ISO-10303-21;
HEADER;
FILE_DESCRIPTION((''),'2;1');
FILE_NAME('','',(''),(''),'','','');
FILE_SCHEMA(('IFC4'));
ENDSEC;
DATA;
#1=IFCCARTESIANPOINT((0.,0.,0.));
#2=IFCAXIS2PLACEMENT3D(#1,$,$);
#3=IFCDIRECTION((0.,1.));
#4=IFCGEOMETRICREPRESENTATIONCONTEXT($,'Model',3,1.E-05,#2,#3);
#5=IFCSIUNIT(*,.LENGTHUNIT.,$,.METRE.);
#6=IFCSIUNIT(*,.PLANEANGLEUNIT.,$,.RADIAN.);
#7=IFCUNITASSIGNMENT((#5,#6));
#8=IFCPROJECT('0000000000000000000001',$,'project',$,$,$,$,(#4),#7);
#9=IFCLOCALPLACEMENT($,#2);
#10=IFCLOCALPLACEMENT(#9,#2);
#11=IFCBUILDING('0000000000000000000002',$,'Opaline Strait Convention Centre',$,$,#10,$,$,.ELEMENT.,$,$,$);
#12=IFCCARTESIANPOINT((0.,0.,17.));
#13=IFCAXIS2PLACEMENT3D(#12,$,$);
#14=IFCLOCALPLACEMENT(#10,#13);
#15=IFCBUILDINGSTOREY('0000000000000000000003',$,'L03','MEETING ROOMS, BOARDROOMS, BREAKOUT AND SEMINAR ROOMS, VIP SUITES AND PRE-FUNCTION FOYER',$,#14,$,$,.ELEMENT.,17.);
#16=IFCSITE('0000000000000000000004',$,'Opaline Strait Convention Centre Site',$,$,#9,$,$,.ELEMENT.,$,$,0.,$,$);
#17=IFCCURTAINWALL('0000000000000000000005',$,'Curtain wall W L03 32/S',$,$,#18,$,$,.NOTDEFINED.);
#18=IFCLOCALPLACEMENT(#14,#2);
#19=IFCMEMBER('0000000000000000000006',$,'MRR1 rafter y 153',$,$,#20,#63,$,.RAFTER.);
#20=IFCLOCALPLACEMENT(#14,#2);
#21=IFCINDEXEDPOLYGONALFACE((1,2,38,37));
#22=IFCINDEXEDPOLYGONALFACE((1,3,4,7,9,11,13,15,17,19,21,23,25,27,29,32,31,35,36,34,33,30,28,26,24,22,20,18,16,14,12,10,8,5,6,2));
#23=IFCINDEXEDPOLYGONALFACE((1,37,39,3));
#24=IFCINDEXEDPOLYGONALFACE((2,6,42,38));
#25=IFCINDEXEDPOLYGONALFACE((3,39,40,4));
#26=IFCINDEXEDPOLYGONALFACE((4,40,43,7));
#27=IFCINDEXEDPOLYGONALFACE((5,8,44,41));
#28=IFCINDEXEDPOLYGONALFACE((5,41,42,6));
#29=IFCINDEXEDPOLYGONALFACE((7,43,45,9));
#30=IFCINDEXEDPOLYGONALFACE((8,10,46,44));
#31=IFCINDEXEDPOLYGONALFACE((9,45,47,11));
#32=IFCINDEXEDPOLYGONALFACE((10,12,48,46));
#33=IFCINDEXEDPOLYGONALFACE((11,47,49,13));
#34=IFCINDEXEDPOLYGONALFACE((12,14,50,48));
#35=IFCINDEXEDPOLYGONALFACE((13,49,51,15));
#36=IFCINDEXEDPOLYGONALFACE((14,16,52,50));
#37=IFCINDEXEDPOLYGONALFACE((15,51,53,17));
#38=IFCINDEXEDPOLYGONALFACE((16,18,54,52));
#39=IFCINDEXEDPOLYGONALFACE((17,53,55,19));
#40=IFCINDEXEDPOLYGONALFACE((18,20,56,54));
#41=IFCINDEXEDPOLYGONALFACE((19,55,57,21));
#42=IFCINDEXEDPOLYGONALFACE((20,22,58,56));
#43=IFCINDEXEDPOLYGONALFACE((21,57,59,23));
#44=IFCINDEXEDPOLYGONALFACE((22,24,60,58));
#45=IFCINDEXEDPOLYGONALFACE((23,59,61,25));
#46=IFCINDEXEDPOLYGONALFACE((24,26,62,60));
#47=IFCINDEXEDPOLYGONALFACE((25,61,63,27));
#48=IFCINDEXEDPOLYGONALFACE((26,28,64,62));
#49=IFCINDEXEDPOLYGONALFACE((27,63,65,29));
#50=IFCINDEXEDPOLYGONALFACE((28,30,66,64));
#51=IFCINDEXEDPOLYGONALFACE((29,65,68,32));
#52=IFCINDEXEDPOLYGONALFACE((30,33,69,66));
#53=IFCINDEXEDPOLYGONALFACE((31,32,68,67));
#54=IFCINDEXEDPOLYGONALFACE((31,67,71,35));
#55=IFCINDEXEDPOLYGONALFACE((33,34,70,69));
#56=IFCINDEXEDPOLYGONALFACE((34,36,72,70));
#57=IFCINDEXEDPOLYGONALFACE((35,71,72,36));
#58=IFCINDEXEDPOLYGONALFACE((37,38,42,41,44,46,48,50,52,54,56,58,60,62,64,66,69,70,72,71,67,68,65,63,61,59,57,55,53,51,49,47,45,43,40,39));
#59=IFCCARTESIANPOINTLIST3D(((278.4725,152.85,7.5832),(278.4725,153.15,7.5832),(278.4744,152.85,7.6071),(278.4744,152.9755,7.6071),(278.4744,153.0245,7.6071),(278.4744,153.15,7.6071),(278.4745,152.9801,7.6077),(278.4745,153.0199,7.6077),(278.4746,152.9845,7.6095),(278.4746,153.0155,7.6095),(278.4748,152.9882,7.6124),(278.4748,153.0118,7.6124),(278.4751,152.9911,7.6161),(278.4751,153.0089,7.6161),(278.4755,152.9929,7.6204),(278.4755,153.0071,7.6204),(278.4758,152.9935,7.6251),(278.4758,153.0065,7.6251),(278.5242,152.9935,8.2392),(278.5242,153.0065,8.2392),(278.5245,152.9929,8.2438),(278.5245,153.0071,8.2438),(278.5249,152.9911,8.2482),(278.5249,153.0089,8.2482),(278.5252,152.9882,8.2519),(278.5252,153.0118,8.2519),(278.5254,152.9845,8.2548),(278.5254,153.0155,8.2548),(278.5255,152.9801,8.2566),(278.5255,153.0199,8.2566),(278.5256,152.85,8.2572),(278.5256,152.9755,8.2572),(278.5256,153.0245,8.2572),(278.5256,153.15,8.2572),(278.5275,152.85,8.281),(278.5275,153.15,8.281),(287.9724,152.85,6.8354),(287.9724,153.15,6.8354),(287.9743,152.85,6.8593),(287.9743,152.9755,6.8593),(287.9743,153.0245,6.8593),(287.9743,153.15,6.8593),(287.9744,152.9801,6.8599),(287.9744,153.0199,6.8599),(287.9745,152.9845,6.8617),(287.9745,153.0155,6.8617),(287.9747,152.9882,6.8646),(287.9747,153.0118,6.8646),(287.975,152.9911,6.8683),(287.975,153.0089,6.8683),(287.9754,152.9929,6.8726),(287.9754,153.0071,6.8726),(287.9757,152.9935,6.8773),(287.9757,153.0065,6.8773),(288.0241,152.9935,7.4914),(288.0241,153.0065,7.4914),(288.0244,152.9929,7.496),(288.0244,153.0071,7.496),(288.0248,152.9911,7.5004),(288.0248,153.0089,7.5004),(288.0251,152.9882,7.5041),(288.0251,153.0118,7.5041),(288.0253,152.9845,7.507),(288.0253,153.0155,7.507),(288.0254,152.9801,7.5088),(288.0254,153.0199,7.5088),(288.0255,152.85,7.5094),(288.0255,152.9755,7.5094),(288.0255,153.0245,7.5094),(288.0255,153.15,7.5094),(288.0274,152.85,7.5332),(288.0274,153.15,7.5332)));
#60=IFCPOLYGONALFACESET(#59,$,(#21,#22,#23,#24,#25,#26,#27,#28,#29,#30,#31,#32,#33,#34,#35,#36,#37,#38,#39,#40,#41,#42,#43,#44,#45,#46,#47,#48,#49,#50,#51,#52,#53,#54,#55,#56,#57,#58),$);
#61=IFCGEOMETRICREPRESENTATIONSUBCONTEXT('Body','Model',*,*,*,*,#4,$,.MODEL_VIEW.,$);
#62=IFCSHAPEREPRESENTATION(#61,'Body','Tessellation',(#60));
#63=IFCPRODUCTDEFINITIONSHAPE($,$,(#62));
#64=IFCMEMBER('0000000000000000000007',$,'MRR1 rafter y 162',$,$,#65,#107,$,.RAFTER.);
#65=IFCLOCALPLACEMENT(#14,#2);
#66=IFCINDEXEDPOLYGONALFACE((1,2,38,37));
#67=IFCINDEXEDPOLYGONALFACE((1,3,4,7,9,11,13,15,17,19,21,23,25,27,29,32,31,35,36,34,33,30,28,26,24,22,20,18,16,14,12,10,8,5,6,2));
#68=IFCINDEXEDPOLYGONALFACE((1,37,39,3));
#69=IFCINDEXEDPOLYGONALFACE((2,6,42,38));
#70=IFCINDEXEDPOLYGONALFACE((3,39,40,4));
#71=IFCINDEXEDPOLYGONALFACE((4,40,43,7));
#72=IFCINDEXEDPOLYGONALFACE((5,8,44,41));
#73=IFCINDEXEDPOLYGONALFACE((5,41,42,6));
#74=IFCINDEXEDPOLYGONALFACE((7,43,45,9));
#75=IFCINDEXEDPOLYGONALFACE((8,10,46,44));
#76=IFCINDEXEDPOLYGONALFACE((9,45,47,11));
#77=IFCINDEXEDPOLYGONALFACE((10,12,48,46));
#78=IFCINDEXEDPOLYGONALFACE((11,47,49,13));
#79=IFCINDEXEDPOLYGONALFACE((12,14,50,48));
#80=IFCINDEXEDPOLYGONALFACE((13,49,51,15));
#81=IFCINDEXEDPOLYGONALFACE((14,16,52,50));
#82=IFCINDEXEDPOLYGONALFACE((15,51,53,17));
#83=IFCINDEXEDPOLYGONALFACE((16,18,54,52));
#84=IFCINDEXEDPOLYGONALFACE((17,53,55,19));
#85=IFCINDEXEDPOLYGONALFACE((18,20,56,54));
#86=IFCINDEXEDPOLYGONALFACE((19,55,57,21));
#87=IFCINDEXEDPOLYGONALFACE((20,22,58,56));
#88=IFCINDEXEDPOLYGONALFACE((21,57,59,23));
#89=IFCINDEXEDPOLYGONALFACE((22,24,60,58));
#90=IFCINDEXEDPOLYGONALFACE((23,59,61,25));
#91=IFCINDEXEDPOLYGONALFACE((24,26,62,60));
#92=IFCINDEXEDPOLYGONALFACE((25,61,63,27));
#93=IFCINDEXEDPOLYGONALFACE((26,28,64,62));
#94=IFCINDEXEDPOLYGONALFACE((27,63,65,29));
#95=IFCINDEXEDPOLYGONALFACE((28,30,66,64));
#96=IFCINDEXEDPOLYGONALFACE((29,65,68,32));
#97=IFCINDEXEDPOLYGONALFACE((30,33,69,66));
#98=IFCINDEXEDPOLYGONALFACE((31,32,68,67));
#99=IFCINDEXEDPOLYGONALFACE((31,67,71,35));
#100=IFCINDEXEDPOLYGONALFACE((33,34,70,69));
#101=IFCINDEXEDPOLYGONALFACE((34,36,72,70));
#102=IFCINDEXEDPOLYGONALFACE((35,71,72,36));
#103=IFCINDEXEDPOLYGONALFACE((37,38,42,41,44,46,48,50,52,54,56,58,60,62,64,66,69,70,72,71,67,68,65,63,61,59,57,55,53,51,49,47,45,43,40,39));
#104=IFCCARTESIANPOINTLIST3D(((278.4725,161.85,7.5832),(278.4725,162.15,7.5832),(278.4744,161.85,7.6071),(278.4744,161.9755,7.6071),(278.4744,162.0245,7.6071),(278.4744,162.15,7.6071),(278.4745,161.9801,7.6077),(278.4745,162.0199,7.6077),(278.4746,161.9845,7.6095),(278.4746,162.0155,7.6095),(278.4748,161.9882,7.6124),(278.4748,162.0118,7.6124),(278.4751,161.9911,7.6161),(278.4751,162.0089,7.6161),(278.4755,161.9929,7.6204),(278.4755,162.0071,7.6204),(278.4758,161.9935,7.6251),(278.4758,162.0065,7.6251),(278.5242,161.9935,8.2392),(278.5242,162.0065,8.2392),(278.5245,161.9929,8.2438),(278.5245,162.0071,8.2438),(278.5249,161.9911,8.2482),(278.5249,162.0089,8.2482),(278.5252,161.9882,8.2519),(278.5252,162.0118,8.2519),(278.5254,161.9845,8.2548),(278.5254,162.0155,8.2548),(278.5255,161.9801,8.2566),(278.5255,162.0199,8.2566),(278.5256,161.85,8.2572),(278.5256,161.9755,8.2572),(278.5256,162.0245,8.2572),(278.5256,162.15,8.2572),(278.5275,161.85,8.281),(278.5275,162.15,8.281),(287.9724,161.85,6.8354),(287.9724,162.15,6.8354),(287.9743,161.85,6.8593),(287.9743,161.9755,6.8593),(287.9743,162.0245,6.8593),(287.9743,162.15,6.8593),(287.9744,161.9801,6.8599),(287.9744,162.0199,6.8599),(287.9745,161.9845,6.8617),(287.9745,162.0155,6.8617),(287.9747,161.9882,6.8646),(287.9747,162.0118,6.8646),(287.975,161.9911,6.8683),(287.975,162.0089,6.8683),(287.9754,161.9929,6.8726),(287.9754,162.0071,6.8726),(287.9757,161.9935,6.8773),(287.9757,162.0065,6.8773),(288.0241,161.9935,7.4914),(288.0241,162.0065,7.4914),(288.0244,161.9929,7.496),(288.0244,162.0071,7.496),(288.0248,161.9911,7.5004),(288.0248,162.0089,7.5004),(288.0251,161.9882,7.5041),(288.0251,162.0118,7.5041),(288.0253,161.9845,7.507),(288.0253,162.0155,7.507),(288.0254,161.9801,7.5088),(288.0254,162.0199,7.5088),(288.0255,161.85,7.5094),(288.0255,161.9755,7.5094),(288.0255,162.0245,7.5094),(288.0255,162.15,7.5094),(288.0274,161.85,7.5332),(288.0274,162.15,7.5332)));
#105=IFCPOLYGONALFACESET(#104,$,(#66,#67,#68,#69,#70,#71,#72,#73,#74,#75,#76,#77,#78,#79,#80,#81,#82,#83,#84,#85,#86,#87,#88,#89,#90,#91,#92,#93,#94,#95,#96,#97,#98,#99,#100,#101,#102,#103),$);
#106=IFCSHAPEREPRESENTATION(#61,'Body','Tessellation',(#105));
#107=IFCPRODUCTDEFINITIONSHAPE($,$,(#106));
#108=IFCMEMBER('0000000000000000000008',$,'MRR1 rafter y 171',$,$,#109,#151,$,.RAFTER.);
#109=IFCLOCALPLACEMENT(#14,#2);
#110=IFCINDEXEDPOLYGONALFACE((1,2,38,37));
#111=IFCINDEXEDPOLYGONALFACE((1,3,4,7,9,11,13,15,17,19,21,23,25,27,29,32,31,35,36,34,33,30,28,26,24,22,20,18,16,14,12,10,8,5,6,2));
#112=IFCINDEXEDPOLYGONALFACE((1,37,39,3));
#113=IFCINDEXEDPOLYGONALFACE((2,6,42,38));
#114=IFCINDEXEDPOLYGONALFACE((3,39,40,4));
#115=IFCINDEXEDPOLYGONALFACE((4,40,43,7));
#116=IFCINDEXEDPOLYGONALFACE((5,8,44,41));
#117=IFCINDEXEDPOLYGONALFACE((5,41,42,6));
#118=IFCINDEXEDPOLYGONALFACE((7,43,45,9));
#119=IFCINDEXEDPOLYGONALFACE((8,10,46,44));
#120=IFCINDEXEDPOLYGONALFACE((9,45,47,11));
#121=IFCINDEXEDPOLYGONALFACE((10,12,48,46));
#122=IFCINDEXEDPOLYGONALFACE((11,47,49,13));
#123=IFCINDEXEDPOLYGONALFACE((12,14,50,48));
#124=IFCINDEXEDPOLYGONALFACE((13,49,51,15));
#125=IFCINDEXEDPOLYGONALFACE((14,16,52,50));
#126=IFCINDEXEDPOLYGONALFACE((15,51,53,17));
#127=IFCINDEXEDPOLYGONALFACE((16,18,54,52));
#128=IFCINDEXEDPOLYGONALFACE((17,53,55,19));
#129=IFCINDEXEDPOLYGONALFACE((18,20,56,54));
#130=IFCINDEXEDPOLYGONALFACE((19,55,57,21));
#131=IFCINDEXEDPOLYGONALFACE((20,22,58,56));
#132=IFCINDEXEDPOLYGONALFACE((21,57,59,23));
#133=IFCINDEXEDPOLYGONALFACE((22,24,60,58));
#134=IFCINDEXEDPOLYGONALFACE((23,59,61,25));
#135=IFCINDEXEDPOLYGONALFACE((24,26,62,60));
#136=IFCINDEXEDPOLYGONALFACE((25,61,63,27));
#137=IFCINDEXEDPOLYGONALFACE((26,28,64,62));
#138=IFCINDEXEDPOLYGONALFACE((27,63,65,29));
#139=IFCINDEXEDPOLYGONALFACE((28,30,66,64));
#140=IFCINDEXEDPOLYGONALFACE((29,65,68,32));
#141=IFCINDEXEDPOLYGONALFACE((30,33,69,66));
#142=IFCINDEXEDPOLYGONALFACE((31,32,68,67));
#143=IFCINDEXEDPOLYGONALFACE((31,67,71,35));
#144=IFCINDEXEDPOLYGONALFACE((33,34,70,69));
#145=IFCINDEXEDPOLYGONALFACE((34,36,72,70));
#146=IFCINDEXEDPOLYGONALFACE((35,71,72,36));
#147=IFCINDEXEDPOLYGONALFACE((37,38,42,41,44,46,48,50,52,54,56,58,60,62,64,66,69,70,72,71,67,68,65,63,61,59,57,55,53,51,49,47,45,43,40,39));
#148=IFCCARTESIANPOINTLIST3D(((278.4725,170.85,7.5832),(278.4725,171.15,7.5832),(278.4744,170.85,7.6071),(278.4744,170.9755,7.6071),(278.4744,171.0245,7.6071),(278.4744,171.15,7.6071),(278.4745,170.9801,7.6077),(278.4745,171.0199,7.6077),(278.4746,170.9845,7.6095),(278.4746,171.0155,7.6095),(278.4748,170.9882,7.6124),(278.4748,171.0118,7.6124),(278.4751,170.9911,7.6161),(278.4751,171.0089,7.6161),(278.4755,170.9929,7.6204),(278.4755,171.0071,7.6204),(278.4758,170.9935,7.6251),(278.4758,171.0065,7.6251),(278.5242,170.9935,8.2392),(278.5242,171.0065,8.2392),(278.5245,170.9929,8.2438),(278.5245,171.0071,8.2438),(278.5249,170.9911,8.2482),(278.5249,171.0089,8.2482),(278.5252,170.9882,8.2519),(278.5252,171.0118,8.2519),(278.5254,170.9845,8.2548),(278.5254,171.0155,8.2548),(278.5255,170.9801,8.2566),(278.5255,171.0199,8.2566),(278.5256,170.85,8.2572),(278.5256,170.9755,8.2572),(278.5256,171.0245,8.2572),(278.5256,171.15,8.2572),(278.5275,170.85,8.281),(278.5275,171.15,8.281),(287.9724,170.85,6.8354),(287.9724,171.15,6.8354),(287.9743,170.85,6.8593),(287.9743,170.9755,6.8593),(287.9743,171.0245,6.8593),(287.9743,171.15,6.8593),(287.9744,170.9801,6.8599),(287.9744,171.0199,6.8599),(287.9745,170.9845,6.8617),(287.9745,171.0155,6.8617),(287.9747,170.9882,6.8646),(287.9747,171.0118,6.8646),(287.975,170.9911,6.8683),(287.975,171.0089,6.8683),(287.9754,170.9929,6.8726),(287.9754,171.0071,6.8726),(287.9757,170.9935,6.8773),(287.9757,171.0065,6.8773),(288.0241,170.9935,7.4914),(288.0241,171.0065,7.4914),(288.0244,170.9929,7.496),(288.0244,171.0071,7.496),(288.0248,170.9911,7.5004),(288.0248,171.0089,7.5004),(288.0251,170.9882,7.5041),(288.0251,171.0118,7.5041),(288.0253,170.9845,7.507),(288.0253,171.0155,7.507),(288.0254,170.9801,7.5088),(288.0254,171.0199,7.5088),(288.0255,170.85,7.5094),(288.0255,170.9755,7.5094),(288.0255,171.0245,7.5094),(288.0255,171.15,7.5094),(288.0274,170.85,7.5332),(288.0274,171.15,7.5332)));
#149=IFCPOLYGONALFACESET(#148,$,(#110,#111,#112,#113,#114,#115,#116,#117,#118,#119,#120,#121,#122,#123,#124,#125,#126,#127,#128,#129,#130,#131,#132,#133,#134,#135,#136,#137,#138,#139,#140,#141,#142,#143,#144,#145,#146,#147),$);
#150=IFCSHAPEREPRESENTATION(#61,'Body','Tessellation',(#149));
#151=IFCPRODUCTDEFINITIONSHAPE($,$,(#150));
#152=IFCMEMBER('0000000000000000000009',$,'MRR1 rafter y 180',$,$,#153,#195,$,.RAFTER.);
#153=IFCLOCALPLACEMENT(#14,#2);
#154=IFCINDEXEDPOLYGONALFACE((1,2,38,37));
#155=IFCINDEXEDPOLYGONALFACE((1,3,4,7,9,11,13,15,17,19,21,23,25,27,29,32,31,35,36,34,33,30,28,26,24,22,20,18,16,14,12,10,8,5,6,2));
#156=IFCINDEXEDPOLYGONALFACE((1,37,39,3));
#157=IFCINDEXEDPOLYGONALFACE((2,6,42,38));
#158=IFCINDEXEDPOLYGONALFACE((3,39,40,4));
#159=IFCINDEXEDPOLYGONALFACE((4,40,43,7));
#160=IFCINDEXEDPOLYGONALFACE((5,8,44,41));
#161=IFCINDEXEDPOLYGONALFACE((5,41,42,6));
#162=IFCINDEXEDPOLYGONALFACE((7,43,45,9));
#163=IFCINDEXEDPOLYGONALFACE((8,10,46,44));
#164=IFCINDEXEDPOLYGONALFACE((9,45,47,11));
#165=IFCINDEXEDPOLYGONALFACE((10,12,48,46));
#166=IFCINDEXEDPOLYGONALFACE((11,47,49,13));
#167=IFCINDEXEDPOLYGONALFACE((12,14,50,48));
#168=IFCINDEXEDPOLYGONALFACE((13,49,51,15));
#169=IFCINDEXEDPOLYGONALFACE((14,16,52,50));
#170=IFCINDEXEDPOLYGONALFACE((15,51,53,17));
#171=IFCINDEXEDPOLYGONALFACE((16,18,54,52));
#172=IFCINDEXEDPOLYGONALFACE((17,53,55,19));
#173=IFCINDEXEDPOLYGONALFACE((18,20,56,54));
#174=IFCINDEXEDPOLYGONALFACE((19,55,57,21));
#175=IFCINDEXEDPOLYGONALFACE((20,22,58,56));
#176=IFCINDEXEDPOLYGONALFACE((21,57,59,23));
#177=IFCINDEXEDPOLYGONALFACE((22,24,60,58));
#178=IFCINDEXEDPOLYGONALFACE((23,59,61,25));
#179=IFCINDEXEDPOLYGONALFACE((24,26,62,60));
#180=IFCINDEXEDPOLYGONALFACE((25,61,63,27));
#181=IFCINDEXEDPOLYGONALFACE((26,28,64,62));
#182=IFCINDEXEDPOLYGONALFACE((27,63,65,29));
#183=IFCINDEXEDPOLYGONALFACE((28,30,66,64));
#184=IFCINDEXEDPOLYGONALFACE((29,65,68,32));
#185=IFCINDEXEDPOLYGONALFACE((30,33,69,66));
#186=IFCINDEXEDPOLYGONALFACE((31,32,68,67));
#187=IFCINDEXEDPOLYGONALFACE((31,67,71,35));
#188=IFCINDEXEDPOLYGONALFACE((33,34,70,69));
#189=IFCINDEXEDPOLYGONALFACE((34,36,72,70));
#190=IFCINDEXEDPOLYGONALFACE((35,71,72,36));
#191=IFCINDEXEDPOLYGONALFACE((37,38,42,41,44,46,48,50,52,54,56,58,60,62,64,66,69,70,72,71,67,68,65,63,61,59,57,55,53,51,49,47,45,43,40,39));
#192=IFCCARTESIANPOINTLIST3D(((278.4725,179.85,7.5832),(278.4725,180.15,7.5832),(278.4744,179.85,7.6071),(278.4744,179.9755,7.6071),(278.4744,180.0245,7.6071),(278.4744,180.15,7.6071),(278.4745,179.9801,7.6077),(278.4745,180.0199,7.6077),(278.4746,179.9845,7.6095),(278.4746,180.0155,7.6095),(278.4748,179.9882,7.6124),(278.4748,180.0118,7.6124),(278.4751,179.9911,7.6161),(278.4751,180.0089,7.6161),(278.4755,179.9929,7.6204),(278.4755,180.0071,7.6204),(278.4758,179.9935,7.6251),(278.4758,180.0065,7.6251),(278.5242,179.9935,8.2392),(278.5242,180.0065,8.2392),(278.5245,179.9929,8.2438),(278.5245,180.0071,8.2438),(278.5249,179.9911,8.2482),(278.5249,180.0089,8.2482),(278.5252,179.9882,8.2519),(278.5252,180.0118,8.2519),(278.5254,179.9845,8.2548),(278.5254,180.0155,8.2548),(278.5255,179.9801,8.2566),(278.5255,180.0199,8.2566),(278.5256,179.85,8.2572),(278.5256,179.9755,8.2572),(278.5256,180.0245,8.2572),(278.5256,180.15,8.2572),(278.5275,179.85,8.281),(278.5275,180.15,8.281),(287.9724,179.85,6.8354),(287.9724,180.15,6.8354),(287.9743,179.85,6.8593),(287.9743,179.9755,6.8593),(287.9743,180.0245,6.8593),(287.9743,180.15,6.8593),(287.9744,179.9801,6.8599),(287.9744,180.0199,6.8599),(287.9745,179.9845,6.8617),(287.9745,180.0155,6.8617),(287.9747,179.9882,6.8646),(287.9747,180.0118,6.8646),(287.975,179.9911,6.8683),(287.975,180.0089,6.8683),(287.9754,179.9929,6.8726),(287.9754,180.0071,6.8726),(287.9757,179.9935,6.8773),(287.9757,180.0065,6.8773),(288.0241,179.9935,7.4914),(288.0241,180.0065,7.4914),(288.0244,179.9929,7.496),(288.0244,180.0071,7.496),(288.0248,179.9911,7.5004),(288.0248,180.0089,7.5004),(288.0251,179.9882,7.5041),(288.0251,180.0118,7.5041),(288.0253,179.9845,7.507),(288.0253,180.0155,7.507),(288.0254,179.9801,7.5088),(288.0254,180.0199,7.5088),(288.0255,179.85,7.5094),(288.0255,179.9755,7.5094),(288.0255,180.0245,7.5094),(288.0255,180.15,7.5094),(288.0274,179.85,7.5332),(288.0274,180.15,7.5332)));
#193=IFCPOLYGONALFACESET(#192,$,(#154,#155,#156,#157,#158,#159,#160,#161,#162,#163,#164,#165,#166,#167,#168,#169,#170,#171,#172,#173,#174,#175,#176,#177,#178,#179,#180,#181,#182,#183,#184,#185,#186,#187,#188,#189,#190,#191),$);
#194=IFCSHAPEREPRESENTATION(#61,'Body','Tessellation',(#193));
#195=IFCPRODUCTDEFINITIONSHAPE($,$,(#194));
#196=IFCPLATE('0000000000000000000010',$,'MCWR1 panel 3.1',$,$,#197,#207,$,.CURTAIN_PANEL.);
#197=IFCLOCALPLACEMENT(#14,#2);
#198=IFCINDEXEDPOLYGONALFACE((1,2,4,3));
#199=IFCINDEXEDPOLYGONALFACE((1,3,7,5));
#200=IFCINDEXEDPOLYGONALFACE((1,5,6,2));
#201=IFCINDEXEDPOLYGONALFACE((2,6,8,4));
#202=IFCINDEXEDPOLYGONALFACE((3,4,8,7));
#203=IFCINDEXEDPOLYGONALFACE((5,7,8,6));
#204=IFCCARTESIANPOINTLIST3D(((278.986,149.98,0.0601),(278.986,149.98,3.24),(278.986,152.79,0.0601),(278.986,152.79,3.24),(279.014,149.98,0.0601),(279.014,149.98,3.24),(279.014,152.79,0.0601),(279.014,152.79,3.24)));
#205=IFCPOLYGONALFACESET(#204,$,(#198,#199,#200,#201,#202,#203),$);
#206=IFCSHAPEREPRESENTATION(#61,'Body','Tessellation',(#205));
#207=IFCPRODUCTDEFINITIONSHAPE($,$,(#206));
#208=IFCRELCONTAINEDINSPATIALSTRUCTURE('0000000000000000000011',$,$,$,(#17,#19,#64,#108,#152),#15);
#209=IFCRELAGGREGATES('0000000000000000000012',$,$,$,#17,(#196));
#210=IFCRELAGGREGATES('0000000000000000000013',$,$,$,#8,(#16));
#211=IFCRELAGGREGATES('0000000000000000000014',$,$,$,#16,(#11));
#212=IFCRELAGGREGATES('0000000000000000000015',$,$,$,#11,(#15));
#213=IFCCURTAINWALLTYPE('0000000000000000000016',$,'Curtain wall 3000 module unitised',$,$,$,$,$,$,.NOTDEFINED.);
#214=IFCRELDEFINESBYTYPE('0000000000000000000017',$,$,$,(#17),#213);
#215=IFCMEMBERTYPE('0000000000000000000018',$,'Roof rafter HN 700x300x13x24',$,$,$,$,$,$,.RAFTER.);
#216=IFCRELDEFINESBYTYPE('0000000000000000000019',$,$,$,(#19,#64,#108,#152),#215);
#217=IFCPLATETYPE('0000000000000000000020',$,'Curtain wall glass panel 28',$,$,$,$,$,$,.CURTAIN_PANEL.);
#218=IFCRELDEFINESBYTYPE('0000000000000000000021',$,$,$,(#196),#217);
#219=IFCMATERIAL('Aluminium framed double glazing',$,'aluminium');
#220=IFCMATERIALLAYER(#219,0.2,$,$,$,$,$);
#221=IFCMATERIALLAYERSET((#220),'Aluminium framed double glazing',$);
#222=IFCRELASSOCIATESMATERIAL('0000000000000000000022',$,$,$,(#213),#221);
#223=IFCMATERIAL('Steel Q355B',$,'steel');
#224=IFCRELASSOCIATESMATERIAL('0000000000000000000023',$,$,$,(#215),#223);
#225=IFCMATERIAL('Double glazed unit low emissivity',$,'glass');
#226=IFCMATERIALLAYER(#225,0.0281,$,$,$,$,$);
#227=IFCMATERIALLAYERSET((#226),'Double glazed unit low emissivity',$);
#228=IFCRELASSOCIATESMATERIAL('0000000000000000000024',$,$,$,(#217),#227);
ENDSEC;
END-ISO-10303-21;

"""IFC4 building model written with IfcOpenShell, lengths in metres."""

from ifc_helpers import new_model, si_unit, direction, frame, origin, origin_2d, place, context, subcontext, project, spatial, rectangle, i_section, extrude, material, layer, layer_set, material_profile, profile_set, type_object, element, aggregate, save


model = new_model("IFC4")

# Units and contexts
model_context = context("Model", 3, precision=1e-05, world=origin(), true_north=direction((0.0, 1.0)))
body_context = subcontext(model_context, "Body", "Model", "MODEL_VIEW")
ifc_project = project(units=[si_unit("LENGTHUNIT", "METRE"), si_unit("PLANEANGLEUNIT", "RADIAN")], contexts=[model_context])

# Site, building, storey
site_placement = place(None, origin())
site = spatial("IfcSite", under=ifc_project, at=site_placement, Name="Opaline Strait Convention Centre Site", CompositionType="ELEMENT", RefElevation=0.0)
building_placement = place(site_placement, origin())
building = spatial("IfcBuilding", under=site, at=building_placement, Name="Opaline Strait Convention Centre", CompositionType="ELEMENT")
storey_placement = place(building_placement, frame((0.0, 0.0, 17.0)))
storey = spatial("IfcBuildingStorey", under=building, at=storey_placement, Name="L03", Description="MEETING ROOMS, BOARDROOMS, BREAKOUT AND SEMINAR ROOMS, VIP SUITES AND PRE-FUNCTION FOYER", CompositionType="ELEMENT", Elevation=17.0)

# Shared definitions
ifc_material_1 = material(Name="Steel Q355B", Category="steel")

# Curtain wall
ifc_material_2 = material(Name="Aluminium framed double glazing", Category="aluminium")
ifc_layer_1 = layer(ifc_material_2, 0.2)
ifc_layer_set_1 = layer_set([ifc_layer_1], Name="Aluminium framed double glazing")
curtain_wall_type = type_object("IfcCurtainWallType", Name="Curtain wall 3000 module unitised", PredefinedType="NOTDEFINED", material=ifc_layer_set_1)
curtain_wall_1_placement = place(storey_placement, origin())
curtain_wall_1 = element("IfcCurtainWall", 1, at=curtain_wall_1_placement, inside=storey, type_object=curtain_wall_type, Name="Curtain wall W L03 32/S", PredefinedType="NOTDEFINED")

# Members
ifc_material_profile_1 = material_profile(ifc_material_1, i_section(OverallWidth=0.3, OverallDepth=0.7, WebThickness=0.0129, FlangeThickness=0.0239, FilletRadius=0.0181, at=origin_2d()), Name="HN 700x300x13x24")
ifc_profile_set_1 = profile_set([ifc_material_profile_1], Name="Steel Q355B")
member_type_1 = type_object("IfcMemberType", Name="Roof rafter HN 700x300x13x24", PredefinedType="RAFTER", material=ifc_profile_set_1)
for number, where, z_axis, x_axis, name in (
    (2, (278.5, 153.0, 7.9321), (0.996916, 0.0, -0.078473), (0.0, 1.0, 0.0), "MRR1 rafter y 153"),
    (3, (278.5, 162.0, 7.9321), (0.996916, 0.0, -0.078473), (0.0, 1.0, 0.0), "MRR1 rafter y 162"),
    (4, (278.5, 171.0, 7.9321), (0.996916, 0.0, -0.078473), (0.0, 1.0, 0.0), "MRR1 rafter y 171"),
    (5, (278.5, 180.0, 7.9321), (0.996916, 0.0, -0.078473), (0.0, 1.0, 0.0), "MRR1 rafter y 180"),
):
    element("IfcMember", number, at=place(storey_placement, frame(where, z_axis=z_axis, x_axis=x_axis)), inside=storey, type_object=member_type_1, Name=name, PredefinedType="RAFTER", context=body_context, shape_type="SweptSolid", body=[
        extrude(i_section(OverallWidth=0.3, OverallDepth=0.7, WebThickness=0.0129, FlangeThickness=0.0239, FilletRadius=0.0181, at=origin_2d()), origin(), (0.0, 0.0, 1.0), 9.5293),
    ])

# Plate
ifc_material_3 = material(Name="Double glazed unit low emissivity", Category="glass")
ifc_layer_2 = layer(ifc_material_3, 0.0281)
ifc_layer_set_2 = layer_set([ifc_layer_2], Name="Double glazed unit low emissivity")
plate_type = type_object("IfcPlateType", Name="Curtain wall glass panel 28", PredefinedType="CURTAIN_PANEL", material=ifc_layer_set_2)
plate_1_placement = place(storey_placement, frame((279.0, 151.385, 0.0601), z_axis=(0.0, 0.0, 1.0), x_axis=(0.0, 1.0, 0.0)))
plate_1 = element("IfcPlate", 6, at=plate_1_placement, type_object=plate_type, Name="MCWR1 panel 3.1", PredefinedType="CURTAIN_PANEL", context=body_context, shape_type="SweptSolid", body=[
    extrude(rectangle(XDim=2.8101, YDim=0.0281, at=origin_2d()), origin(), (0.0, 0.0, 1.0), 3.1799),
])
aggregate(curtain_wall_1, [plate_1])

save(model, "model.ifc")
